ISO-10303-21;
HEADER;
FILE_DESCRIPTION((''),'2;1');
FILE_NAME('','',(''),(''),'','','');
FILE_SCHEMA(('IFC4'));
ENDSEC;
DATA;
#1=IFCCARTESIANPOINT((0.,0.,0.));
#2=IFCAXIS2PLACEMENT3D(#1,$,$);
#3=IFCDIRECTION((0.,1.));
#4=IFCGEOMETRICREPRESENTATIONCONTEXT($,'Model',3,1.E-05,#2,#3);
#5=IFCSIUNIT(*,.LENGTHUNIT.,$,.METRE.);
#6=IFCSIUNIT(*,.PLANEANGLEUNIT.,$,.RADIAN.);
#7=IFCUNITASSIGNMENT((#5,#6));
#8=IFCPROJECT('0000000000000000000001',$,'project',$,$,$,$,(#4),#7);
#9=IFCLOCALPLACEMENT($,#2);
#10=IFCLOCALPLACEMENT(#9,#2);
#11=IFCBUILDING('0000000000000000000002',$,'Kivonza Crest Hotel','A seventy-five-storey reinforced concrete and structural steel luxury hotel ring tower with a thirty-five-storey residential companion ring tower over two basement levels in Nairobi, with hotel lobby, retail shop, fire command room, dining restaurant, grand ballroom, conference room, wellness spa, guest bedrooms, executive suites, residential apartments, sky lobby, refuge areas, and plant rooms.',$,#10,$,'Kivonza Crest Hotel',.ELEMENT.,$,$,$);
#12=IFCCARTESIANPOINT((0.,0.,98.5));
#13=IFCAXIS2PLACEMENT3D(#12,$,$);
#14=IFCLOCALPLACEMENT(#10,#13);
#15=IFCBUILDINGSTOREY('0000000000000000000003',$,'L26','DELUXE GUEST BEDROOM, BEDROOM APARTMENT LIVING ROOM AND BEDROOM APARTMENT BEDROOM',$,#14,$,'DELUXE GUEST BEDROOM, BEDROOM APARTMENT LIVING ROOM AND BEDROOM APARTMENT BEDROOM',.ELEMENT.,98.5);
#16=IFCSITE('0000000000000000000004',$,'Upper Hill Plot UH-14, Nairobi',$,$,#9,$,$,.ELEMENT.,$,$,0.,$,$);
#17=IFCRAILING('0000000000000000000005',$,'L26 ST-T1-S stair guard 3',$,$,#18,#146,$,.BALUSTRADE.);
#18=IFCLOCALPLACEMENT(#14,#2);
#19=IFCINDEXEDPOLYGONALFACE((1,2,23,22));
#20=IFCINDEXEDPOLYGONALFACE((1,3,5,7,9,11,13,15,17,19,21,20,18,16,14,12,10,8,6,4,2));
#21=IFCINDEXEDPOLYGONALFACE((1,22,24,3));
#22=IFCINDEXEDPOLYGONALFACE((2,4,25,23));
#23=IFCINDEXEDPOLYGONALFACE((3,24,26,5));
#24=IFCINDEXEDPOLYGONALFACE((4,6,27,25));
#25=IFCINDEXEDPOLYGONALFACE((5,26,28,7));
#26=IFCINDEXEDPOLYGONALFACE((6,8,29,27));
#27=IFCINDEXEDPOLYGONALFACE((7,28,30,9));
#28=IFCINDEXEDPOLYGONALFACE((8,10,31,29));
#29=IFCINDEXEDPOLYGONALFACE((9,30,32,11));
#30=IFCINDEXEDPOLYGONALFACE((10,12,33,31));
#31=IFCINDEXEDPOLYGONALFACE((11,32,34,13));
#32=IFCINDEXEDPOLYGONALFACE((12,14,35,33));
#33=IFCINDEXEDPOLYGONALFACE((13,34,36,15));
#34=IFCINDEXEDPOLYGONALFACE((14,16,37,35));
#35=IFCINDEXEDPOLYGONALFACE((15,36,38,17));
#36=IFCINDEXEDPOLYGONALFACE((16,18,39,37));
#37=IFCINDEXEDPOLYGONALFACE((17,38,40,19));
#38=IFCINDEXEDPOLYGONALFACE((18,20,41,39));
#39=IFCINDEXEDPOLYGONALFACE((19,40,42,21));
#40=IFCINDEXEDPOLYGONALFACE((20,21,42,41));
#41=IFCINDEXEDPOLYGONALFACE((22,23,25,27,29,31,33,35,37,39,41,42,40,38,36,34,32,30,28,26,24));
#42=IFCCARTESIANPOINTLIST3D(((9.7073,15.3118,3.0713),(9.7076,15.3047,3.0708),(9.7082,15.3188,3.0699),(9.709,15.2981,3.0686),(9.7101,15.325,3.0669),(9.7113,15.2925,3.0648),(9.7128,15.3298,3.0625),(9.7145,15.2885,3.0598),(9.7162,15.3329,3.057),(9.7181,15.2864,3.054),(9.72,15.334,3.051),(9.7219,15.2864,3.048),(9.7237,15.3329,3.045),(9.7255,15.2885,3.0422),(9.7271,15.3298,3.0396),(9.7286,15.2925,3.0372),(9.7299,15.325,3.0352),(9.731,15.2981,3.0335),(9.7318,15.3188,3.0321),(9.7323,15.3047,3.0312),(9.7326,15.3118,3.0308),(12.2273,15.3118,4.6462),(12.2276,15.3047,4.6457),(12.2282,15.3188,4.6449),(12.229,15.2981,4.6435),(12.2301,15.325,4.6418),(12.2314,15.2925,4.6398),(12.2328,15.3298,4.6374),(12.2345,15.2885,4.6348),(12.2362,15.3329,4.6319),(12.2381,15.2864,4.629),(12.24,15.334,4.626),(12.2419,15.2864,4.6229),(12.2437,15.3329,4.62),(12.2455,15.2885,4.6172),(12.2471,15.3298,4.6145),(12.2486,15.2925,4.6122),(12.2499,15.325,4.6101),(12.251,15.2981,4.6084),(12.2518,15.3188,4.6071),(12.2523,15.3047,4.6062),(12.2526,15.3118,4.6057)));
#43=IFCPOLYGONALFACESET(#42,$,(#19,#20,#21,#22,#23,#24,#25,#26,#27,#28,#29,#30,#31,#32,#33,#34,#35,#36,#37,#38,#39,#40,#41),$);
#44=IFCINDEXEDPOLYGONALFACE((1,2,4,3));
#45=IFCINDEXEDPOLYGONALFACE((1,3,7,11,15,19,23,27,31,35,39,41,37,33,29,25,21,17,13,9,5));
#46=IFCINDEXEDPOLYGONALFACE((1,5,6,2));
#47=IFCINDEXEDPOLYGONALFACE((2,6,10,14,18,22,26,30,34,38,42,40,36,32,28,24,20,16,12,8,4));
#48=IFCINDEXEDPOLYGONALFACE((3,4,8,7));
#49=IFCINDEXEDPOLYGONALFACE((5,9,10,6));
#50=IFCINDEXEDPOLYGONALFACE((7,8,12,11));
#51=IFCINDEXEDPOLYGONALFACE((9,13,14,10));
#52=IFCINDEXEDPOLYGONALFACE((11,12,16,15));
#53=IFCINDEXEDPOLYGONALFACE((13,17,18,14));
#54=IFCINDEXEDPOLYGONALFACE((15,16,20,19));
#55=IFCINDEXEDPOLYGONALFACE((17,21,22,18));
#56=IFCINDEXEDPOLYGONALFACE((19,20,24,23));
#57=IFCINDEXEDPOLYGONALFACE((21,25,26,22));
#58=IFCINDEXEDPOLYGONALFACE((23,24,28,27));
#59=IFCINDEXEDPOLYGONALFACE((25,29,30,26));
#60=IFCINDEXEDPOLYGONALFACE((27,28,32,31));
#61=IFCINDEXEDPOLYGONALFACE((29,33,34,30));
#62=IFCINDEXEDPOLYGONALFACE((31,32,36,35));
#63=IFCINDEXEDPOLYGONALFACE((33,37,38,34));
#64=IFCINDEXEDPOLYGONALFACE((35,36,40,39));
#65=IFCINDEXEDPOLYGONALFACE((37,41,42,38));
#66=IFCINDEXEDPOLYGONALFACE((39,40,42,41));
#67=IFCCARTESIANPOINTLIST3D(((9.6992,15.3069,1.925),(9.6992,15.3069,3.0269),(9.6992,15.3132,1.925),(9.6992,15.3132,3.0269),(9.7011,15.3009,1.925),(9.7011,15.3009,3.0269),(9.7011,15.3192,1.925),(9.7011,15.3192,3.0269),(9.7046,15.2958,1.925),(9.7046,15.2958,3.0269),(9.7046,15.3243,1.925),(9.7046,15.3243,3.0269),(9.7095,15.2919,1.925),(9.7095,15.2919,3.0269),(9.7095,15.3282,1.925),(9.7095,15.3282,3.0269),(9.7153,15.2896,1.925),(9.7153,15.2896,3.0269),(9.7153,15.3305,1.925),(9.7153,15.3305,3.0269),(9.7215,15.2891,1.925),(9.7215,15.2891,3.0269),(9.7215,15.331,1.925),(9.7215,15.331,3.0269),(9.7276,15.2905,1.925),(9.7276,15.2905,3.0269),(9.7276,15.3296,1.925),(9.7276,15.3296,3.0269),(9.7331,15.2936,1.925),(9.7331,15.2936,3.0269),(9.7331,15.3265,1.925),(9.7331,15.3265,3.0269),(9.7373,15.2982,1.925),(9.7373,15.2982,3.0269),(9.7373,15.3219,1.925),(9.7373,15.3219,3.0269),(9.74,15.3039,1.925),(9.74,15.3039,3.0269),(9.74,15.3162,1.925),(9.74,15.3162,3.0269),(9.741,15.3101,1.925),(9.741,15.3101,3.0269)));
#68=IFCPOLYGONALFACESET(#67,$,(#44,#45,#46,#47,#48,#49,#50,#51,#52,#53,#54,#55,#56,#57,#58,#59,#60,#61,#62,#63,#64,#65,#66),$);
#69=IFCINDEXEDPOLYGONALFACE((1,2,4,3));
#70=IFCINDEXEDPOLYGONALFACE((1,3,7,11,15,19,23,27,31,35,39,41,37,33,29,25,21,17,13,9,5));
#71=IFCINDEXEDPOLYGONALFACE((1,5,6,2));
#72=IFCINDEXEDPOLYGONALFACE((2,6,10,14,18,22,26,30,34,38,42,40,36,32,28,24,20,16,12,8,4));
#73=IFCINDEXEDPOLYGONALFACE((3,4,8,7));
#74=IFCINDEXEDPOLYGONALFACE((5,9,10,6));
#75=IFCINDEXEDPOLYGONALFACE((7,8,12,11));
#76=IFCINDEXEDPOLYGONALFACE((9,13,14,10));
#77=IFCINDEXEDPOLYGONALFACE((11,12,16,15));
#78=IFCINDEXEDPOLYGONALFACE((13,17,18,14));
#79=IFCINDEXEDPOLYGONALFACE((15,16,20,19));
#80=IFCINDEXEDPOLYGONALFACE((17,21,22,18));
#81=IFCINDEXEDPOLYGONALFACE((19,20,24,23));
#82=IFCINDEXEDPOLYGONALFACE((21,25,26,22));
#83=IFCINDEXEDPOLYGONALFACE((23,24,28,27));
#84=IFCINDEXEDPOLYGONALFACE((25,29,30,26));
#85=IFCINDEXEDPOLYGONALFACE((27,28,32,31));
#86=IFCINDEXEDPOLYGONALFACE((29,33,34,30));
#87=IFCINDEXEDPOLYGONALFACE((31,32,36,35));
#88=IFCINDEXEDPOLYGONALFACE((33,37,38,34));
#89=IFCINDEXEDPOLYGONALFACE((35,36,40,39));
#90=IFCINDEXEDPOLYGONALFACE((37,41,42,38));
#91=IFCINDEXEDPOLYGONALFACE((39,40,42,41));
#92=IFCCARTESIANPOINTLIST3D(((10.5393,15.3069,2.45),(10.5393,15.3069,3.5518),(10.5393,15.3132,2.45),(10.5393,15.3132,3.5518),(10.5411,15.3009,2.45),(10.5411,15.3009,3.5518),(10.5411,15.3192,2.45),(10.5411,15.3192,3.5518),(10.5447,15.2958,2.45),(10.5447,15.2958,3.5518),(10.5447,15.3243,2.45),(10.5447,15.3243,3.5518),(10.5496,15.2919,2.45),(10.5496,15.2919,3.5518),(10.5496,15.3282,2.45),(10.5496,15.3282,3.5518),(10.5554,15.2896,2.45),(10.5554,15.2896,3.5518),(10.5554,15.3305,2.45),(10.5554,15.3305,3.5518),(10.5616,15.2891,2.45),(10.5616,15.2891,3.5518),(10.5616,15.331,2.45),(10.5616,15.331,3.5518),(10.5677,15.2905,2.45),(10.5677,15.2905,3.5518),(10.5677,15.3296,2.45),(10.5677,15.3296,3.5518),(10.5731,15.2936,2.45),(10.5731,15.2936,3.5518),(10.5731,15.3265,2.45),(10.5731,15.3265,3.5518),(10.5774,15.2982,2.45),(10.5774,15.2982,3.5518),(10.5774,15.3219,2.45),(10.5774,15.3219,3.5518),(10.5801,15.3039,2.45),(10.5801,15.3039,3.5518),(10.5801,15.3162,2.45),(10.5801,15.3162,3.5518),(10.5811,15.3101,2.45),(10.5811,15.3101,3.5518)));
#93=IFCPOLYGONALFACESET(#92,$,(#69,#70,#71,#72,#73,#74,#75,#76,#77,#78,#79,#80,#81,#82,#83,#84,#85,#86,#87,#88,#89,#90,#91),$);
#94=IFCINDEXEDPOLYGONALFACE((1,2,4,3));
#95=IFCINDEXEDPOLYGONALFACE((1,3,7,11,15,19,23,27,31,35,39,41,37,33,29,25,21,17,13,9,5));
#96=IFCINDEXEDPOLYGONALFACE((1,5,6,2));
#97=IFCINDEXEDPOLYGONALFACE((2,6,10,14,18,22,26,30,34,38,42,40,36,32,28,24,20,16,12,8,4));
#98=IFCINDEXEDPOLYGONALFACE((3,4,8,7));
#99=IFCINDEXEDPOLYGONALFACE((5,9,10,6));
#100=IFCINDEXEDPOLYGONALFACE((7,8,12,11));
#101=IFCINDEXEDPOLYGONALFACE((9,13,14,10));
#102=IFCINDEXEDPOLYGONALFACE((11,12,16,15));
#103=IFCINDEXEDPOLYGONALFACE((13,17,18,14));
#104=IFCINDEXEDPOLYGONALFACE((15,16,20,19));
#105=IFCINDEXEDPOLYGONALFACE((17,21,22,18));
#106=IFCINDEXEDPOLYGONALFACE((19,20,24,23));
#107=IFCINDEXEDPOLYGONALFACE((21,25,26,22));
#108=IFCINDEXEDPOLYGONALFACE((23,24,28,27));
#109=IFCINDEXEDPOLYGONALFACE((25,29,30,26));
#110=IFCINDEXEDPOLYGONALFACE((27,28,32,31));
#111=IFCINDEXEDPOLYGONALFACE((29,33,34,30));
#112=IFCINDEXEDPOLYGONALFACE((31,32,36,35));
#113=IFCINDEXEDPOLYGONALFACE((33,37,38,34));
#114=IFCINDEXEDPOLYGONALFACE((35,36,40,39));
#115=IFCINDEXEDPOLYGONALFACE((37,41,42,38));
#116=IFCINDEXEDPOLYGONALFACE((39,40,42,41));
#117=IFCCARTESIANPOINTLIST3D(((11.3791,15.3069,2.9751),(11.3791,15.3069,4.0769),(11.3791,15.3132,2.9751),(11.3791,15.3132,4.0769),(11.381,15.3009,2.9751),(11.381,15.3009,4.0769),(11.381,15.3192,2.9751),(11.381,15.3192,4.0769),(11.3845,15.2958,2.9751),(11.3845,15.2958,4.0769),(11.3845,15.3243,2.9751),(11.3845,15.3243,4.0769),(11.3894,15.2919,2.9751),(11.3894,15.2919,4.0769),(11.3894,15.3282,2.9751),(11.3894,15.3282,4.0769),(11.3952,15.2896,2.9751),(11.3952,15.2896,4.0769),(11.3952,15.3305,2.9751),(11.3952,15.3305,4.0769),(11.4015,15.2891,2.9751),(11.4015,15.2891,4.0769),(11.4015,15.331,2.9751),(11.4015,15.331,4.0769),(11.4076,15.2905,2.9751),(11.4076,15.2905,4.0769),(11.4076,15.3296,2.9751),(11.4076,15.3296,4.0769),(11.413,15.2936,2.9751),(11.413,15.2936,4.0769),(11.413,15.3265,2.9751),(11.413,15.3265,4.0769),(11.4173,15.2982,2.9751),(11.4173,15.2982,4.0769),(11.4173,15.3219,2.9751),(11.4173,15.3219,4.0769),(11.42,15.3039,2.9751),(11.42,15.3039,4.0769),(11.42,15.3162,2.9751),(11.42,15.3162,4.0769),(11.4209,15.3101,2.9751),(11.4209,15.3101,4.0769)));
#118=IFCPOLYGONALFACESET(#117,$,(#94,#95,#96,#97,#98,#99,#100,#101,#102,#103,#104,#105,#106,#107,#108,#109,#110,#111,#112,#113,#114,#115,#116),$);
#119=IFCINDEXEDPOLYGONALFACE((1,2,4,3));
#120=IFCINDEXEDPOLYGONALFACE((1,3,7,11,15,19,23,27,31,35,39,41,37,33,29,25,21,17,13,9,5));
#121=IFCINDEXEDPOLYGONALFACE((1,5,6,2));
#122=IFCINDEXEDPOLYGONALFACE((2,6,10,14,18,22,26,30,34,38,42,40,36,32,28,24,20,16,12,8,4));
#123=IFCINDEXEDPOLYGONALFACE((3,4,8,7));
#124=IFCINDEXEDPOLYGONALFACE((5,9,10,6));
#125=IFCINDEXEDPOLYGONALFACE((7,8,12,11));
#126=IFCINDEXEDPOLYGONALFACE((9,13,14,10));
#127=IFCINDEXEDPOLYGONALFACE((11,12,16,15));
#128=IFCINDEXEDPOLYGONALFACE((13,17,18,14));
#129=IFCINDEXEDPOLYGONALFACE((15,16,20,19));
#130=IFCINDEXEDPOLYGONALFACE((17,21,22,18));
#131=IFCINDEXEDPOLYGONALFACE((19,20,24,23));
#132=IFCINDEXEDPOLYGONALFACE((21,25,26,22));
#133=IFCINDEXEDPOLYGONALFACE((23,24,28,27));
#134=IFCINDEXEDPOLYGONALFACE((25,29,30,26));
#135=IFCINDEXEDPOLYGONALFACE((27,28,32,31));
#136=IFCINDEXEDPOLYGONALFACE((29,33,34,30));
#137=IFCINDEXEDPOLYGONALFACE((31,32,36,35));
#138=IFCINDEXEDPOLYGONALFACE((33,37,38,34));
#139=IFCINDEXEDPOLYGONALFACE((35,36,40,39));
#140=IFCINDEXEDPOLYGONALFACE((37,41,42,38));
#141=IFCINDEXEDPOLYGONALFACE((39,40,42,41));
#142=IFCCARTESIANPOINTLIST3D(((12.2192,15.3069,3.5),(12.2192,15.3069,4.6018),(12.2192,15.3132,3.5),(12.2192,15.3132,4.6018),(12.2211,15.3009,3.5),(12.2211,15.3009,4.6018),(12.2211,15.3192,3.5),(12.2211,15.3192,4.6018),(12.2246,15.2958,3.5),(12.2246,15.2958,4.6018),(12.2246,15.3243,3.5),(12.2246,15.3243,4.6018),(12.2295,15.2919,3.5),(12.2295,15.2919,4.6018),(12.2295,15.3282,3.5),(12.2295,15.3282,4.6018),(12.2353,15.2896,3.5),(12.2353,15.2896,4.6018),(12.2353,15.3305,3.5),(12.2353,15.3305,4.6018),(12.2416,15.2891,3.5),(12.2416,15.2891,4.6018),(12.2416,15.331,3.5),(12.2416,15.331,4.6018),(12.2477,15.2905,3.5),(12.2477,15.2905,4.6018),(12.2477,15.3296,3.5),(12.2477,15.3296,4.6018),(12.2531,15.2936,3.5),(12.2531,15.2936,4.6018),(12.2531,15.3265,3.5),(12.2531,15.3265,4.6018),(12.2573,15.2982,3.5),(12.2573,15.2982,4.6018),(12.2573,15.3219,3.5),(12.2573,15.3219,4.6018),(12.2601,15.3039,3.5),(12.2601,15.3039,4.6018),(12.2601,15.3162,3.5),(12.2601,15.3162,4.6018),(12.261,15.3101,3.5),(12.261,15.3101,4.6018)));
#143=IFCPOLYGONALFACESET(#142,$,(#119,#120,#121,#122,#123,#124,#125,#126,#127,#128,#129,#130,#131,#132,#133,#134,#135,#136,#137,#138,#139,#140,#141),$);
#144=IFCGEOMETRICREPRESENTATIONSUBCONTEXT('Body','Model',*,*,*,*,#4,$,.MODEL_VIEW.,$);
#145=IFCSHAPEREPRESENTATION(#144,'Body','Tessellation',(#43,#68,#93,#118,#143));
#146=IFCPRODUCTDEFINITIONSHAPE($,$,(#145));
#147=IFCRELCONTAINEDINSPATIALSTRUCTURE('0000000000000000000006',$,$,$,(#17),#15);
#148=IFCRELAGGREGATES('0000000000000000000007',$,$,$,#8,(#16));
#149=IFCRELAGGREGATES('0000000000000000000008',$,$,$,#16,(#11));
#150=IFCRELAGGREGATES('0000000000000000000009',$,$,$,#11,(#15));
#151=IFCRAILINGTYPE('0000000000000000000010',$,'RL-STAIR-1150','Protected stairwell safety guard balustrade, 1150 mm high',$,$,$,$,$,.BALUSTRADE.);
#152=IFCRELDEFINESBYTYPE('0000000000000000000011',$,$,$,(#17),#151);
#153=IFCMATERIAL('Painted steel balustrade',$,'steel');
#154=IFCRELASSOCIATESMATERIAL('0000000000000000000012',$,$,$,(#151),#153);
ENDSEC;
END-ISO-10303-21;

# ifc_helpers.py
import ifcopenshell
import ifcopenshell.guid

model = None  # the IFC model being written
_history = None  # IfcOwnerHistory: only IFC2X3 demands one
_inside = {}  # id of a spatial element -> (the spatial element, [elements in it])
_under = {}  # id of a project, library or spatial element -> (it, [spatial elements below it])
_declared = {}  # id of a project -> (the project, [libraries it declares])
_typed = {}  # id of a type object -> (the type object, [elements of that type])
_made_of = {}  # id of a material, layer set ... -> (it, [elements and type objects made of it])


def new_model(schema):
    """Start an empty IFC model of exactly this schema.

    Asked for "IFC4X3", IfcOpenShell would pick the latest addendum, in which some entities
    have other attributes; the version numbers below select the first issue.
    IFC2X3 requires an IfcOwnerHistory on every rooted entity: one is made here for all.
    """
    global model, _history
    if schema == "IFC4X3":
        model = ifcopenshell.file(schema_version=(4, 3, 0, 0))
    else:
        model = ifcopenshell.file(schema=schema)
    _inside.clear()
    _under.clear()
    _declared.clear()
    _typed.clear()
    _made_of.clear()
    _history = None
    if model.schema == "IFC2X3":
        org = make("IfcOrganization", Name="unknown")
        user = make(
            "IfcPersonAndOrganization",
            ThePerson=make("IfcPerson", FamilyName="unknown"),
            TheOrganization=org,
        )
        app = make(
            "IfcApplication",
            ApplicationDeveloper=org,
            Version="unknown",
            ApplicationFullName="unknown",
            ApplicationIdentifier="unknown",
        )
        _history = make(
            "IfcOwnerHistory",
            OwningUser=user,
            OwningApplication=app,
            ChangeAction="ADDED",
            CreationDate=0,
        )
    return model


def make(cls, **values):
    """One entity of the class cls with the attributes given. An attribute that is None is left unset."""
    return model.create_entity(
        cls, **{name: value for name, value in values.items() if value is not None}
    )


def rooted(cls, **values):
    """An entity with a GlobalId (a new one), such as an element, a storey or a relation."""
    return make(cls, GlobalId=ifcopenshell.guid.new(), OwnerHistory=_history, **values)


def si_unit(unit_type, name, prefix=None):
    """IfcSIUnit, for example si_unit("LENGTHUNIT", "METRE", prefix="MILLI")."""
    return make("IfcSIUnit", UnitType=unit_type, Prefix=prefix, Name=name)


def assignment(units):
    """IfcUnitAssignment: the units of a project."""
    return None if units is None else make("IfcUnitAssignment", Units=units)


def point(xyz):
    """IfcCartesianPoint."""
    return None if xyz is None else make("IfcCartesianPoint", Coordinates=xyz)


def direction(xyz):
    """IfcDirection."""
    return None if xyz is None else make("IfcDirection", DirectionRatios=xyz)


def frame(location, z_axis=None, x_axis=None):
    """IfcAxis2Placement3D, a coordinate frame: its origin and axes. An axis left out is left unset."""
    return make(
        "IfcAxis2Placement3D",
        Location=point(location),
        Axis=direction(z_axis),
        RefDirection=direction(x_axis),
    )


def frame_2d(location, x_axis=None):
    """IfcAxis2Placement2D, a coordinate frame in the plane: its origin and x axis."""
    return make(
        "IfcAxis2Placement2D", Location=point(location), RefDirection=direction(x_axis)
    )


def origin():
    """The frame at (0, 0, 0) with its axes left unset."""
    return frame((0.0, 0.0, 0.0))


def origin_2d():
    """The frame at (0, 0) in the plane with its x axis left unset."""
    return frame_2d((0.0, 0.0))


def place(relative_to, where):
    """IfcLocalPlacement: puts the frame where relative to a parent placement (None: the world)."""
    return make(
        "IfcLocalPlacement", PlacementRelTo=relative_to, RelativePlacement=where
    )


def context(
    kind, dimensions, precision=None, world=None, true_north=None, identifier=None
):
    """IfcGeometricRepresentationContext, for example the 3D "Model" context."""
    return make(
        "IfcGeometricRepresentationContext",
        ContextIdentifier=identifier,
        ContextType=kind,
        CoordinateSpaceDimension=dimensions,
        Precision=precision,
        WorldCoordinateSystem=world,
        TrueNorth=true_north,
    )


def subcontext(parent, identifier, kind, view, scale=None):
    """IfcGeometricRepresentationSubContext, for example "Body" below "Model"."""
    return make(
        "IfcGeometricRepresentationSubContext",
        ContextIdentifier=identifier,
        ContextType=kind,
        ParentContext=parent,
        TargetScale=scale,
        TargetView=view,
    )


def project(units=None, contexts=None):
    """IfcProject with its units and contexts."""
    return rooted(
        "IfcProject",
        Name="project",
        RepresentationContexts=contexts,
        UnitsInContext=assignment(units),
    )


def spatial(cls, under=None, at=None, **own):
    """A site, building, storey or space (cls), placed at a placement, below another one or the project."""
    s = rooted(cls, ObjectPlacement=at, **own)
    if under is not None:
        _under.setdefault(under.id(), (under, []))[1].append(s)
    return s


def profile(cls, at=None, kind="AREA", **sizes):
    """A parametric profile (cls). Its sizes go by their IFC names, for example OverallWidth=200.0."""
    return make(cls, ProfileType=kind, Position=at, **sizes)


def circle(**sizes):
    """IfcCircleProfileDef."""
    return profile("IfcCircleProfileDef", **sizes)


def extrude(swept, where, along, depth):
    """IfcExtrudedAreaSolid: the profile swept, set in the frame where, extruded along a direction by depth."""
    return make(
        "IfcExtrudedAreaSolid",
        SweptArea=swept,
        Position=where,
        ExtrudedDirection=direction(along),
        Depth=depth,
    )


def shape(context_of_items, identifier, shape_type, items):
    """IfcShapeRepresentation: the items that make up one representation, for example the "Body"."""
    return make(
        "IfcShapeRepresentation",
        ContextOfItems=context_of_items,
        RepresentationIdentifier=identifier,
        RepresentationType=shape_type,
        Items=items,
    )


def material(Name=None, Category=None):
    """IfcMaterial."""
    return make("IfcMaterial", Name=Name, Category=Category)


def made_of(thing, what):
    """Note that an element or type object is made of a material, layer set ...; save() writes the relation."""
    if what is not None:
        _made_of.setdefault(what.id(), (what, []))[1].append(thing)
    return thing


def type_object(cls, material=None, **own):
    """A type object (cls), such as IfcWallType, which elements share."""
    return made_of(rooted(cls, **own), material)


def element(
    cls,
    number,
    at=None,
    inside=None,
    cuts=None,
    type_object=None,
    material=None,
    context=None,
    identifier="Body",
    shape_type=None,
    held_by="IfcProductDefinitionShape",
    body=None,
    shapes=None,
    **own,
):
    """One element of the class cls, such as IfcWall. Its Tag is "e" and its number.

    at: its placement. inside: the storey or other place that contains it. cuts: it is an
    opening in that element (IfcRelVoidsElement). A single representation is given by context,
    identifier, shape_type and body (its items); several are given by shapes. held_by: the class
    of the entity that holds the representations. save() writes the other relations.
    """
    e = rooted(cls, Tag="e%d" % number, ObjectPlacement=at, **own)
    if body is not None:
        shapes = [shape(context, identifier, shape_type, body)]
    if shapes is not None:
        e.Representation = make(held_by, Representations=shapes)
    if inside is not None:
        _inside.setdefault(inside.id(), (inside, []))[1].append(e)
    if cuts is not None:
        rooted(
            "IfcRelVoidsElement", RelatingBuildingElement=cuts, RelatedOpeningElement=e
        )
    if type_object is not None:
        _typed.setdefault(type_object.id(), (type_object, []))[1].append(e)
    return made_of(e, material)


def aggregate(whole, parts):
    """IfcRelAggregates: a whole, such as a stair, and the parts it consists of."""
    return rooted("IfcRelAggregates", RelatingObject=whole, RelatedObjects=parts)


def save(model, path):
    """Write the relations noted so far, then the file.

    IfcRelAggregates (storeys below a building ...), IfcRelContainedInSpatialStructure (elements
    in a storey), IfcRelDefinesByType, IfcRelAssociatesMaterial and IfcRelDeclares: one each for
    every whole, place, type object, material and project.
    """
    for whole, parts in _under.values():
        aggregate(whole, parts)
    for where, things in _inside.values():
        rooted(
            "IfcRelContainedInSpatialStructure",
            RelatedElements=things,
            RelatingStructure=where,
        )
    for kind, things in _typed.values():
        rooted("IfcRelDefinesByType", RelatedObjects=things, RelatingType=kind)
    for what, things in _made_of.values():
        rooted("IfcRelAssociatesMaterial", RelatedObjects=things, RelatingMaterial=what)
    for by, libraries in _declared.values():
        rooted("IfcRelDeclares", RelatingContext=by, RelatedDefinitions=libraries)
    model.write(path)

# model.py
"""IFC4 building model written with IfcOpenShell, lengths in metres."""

from ifc_helpers import new_model, si_unit, direction, frame, origin, origin_2d, place, context, subcontext, project, spatial, circle, extrude, material, type_object, element, save


model = new_model("IFC4")

# Units and contexts
model_context = context("Model", 3, precision=1e-05, world=origin(), true_north=direction((0.0, 1.0)))
body_context = subcontext(model_context, "Body", "Model", "MODEL_VIEW")
ifc_project = project(units=[si_unit("LENGTHUNIT", "METRE"), si_unit("PLANEANGLEUNIT", "RADIAN")], contexts=[model_context])

# Site, building, storey
site_placement = place(None, origin())
site = spatial("IfcSite", under=ifc_project, at=site_placement, Name="Upper Hill Plot UH-14, Nairobi", CompositionType="ELEMENT", RefElevation=0.0)
building_placement = place(site_placement, origin())
building = spatial("IfcBuilding", under=site, at=building_placement, Name="Kivonza Crest Hotel", Description="A seventy-five-storey reinforced concrete and structural steel luxury hotel ring tower with a thirty-five-storey residential companion ring tower over two basement levels in Nairobi, with hotel lobby, retail shop, fire command room, dining restaurant, grand ballroom, conference room, wellness spa, guest bedrooms, executive suites, residential apartments, sky lobby, refuge areas, and plant rooms.", LongName="Kivonza Crest Hotel", CompositionType="ELEMENT")
storey_placement = place(building_placement, frame((0.0, 0.0, 98.5)))
storey = spatial("IfcBuildingStorey", under=building, at=storey_placement, Name="L26", Description="DELUXE GUEST BEDROOM, BEDROOM APARTMENT LIVING ROOM AND BEDROOM APARTMENT BEDROOM", LongName="DELUXE GUEST BEDROOM, BEDROOM APARTMENT LIVING ROOM AND BEDROOM APARTMENT BEDROOM", CompositionType="ELEMENT", Elevation=98.5)

# Railing
ifc_material_1 = material(Name="Painted steel balustrade", Category="steel")
railing_type_1 = type_object("IfcRailingType", Name="RL-STAIR-1150", Description="Protected stairwell safety guard balustrade, 1150 mm high", PredefinedType="BALUSTRADE", material=ifc_material_1)
railing_1_placement = place(storey_placement, frame((9.72, 15.3101, 1.925)))
element("IfcRailing", 1, at=railing_1_placement, inside=storey, type_object=railing_type_1, Name="L26 ST-T1-S stair guard 3", PredefinedType="BALUSTRADE", context=body_context, shape_type="SweptSolid", body=[
    extrude(circle(Radius=0.0239, at=origin_2d()), frame((0.0, 0.0, 1.126), z_axis=(0.848008, 0.0, 0.529984), x_axis=(0.0, 1.0, 0.0)), (0.0, 0.0, 1.0), 2.9717),
    extrude(circle(Radius=0.021, at=origin_2d()), origin(), (0.0, 0.0, 1.0), 1.1018),
    extrude(circle(Radius=0.021, at=origin_2d()), frame((0.8401, 0.0, 0.5249)), (0.0, 0.0, 1.0), 1.1018),
    extrude(circle(Radius=0.021, at=origin_2d()), frame((1.6799, 0.0, 1.05)), (0.0, 0.0, 1.0), 1.1018),
    extrude(circle(Radius=0.021, at=origin_2d()), frame((2.52, 0.0, 1.575)), (0.0, 0.0, 1.0), 1.1018),
])

save(model, "model.ifc")
